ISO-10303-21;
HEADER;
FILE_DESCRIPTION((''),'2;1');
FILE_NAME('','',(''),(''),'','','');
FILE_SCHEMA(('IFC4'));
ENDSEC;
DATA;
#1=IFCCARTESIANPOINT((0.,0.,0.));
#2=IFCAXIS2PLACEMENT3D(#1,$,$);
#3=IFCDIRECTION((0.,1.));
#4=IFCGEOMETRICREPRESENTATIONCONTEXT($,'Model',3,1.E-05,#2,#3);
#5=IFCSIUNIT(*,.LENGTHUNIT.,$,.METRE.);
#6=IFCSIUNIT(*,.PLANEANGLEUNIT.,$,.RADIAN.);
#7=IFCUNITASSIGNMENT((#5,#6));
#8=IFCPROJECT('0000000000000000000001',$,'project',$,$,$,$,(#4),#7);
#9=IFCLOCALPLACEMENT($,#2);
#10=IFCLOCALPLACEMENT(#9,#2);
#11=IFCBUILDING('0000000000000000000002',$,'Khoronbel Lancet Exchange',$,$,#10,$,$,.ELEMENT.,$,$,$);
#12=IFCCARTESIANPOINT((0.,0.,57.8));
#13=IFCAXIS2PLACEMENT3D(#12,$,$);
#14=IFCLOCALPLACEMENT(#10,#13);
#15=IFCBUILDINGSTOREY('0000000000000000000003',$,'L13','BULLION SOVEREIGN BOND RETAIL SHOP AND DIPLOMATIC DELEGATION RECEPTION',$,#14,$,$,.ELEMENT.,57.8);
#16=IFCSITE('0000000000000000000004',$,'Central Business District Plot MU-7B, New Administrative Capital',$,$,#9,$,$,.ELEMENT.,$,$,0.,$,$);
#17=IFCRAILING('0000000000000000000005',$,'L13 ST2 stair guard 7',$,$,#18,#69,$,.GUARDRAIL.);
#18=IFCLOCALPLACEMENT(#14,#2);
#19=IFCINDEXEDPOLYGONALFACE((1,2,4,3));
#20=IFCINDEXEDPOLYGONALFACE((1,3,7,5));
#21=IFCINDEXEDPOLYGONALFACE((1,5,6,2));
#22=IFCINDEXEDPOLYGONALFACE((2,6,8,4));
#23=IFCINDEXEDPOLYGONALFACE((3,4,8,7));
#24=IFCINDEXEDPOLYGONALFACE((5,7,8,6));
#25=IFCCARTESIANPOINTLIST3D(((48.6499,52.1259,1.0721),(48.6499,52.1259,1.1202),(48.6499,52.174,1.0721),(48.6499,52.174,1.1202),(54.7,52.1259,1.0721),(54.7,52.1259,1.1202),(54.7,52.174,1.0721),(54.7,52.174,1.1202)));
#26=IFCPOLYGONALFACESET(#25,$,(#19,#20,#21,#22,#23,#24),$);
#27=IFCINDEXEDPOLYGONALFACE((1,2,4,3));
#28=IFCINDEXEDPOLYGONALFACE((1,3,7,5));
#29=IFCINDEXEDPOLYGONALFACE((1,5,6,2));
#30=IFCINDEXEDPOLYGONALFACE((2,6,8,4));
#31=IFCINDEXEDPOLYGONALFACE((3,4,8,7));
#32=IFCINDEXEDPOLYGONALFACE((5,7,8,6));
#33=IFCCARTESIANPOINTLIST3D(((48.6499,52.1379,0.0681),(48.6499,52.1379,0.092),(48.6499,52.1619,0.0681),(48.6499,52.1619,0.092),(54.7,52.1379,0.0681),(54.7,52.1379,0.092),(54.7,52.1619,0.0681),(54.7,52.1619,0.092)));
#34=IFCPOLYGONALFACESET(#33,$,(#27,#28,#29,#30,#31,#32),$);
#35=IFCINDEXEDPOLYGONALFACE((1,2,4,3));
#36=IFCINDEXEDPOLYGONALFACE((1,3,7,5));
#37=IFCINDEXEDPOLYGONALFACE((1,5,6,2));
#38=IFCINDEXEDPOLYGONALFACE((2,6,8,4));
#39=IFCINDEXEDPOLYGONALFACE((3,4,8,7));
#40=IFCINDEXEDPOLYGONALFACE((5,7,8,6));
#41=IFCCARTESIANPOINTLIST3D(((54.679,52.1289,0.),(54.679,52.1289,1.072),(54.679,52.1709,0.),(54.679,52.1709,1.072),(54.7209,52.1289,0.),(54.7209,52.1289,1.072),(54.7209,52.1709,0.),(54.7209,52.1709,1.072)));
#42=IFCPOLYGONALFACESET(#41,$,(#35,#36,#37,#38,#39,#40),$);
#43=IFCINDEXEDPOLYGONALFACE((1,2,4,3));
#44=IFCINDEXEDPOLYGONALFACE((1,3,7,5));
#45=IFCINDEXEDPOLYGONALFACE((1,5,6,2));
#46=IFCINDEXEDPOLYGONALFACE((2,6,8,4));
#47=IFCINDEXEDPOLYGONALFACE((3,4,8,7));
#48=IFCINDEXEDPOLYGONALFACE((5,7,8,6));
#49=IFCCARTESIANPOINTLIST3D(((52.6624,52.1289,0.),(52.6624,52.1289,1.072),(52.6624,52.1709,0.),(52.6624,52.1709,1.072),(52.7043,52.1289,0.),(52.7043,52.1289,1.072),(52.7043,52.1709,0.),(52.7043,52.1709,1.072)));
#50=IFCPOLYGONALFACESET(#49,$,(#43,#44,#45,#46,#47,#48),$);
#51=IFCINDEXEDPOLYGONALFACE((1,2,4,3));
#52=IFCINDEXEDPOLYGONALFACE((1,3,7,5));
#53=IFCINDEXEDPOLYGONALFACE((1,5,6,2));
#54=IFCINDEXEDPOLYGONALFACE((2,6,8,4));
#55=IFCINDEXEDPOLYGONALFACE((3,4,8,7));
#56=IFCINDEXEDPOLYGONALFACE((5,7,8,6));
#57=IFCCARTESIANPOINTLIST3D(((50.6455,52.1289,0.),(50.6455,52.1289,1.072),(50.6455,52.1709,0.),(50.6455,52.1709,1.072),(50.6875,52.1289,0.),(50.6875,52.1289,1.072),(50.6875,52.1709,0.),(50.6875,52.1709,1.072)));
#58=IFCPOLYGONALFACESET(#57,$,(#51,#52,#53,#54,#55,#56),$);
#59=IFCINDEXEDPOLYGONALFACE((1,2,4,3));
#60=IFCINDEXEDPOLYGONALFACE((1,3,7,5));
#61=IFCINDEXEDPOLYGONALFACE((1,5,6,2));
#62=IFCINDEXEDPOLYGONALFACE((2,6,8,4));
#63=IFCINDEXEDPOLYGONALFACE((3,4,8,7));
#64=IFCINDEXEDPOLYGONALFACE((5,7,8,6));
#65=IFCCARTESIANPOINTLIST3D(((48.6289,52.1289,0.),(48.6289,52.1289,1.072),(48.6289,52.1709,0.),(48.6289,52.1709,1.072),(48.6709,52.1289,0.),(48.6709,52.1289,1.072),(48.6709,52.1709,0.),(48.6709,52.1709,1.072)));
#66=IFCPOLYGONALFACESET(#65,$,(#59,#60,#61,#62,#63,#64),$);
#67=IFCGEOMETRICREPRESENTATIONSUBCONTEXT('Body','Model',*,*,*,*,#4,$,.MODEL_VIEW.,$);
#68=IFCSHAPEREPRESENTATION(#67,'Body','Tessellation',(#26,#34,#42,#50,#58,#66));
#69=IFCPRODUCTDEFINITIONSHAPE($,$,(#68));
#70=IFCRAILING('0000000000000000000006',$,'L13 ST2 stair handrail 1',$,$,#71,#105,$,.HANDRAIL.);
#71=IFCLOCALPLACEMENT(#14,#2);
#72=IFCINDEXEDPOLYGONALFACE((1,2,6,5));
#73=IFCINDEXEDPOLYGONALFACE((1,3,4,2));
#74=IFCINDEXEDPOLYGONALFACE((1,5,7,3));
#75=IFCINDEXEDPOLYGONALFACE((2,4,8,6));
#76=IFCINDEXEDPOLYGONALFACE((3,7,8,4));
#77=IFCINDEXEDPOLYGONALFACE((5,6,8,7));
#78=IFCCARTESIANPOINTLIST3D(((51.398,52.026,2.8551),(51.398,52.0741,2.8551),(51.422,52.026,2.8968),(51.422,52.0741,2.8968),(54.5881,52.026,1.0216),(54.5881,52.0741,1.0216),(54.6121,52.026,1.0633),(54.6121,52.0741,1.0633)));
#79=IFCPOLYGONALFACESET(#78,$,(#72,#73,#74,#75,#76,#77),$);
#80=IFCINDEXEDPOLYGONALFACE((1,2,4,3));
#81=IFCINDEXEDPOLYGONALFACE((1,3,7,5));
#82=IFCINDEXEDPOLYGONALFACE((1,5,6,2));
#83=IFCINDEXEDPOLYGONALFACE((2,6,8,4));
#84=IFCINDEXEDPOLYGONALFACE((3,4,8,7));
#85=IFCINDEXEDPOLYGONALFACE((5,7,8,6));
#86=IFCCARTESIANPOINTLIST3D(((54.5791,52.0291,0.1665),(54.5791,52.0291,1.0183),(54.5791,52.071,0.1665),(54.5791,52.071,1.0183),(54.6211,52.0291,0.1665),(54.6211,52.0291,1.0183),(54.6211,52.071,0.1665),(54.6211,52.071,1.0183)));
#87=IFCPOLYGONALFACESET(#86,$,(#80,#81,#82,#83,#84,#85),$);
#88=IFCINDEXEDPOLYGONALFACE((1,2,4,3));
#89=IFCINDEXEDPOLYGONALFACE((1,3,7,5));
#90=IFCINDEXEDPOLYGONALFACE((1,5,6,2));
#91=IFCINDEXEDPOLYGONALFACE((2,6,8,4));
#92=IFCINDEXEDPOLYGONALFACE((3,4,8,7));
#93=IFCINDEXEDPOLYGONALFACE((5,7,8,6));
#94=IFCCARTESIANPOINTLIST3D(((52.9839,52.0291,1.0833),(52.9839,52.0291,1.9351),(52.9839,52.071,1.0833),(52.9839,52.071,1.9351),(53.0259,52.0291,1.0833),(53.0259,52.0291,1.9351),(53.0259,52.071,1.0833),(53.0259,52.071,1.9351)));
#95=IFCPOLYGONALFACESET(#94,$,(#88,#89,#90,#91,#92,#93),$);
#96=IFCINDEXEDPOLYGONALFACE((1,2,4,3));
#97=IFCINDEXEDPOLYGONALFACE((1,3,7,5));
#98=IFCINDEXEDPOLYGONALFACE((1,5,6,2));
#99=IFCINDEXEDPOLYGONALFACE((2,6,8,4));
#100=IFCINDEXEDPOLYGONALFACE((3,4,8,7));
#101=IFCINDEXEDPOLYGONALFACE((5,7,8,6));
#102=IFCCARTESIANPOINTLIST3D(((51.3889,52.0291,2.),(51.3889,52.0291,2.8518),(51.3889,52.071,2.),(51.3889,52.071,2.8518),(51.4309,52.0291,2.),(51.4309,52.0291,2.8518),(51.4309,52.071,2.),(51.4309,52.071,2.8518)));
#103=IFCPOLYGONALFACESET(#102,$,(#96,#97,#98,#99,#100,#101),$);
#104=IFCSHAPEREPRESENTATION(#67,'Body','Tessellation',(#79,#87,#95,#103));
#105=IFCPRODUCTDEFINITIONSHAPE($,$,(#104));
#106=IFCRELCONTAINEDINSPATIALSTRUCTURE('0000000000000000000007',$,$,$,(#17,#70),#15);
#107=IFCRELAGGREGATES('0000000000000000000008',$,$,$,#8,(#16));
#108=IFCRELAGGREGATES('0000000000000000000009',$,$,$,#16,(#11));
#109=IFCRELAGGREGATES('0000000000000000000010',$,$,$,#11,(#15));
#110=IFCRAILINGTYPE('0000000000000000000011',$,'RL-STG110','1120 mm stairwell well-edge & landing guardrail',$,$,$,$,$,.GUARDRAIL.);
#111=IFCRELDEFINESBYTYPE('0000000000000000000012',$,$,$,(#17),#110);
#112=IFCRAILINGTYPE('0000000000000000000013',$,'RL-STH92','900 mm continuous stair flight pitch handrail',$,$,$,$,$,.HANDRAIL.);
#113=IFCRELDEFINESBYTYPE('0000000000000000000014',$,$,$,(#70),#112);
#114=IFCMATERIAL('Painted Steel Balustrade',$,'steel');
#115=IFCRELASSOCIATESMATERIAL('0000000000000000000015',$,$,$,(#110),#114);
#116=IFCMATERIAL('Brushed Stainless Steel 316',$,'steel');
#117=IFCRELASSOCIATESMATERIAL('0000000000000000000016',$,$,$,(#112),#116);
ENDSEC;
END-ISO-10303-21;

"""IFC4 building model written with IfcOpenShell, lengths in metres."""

from ifc_helpers import new_model, si_unit, direction, frame, origin, origin_2d, place, context, subcontext, project, spatial, rectangle, extrude, material, type_object, element, save


model = new_model("IFC4")

# Units and contexts
model_context = context("Model", 3, precision=1e-05, world=origin(), true_north=direction((0.0, 1.0)))
body_context = subcontext(model_context, "Body", "Model", "MODEL_VIEW")
ifc_project = project(units=[si_unit("LENGTHUNIT", "METRE"), si_unit("PLANEANGLEUNIT", "RADIAN")], contexts=[model_context])

# Site, building, storey
site_placement = place(None, origin())
site = spatial("IfcSite", under=ifc_project, at=site_placement, Name="Central Business District Plot MU-7B, New Administrative Capital", CompositionType="ELEMENT", RefElevation=0.0)
building_placement = place(site_placement, origin())
building = spatial("IfcBuilding", under=site, at=building_placement, Name="Khoronbel Lancet Exchange", CompositionType="ELEMENT")
storey_placement = place(building_placement, frame((0.0, 0.0, 57.8)))
storey = spatial("IfcBuildingStorey", under=building, at=storey_placement, Name="L13", Description="BULLION SOVEREIGN BOND RETAIL SHOP AND DIPLOMATIC DELEGATION RECEPTION", CompositionType="ELEMENT", Elevation=57.8)

# Railings
ifc_material_1 = material(Name="Painted Steel Balustrade", Category="steel")
railing_type_1 = type_object("IfcRailingType", Name="RL-STG110", Description="1120 mm stairwell well-edge & landing guardrail", PredefinedType="GUARDRAIL", material=ifc_material_1)
railing_1_placement = place(storey_placement, frame((54.7, 52.1499, 0.0)))
element("IfcRailing", 1, at=railing_1_placement, inside=storey, type_object=railing_type_1, Name="L13 ST2 stair guard 7", PredefinedType="GUARDRAIL", context=body_context, shape_type="SweptSolid", body=[
    extrude(rectangle(XDim=0.0481, YDim=0.0481, at=origin_2d()), frame((0.0, 0.0, 1.0962), z_axis=(-1.0, 0.0, 0.0), x_axis=(0.0, -1.0, 0.0)), (0.0, 0.0, 1.0), 6.05),
    extrude(rectangle(XDim=0.0239, YDim=0.0239, at=origin_2d()), frame((0.0, 0.0, 0.0801), z_axis=(-1.0, 0.0, 0.0), x_axis=(0.0, -1.0, 0.0)), (0.0, 0.0, 1.0), 6.05),
    extrude(rectangle(XDim=0.042, YDim=0.042, at=origin_2d()), origin(), (0.0, 0.0, 1.0), 1.072),
    extrude(rectangle(XDim=0.042, YDim=0.042, at=origin_2d()), frame((-2.0166, 0.0, 0.0)), (0.0, 0.0, 1.0), 1.072),
    extrude(rectangle(XDim=0.042, YDim=0.042, at=origin_2d()), frame((-4.0334, 0.0, 0.0)), (0.0, 0.0, 1.0), 1.072),
    extrude(rectangle(XDim=0.042, YDim=0.042, at=origin_2d()), frame((-6.05, 0.0, 0.0)), (0.0, 0.0, 1.0), 1.072),
])
ifc_material_2 = material(Name="Brushed Stainless Steel 316", Category="steel")
railing_type_2 = type_object("IfcRailingType", Name="RL-STH92", Description="900 mm continuous stair flight pitch handrail", PredefinedType="HANDRAIL", material=ifc_material_2)
railing_2_placement = place(storey_placement, frame((54.6001, 52.05, 0.1665)))
element("IfcRailing", 2, at=railing_2_placement, inside=storey, type_object=railing_type_2, Name="L13 ST2 stair handrail 1", PredefinedType="HANDRAIL", context=body_context, shape_type="SweptSolid", body=[
    extrude(rectangle(XDim=0.0481, YDim=0.0481, at=origin_2d()), frame((0.0, 0.0, 0.876), z_axis=(-0.867007, 0.0, 0.498295), x_axis=(0.0, -1.0, 0.0)), (0.0, 0.0, 1.0), 3.6794),
    extrude(rectangle(XDim=0.042, YDim=0.042, at=origin_2d()), origin(), (0.0, 0.0, 1.0), 0.8518),
    extrude(rectangle(XDim=0.042, YDim=0.042, at=origin_2d()), frame((-1.5952, 0.0, 0.9167)), (0.0, 0.0, 1.0), 0.8518),
    extrude(rectangle(XDim=0.042, YDim=0.042, at=origin_2d()), frame((-3.1902, 0.0, 1.8335)), (0.0, 0.0, 1.0), 0.8518),
])

save(model, "model.ifc")
